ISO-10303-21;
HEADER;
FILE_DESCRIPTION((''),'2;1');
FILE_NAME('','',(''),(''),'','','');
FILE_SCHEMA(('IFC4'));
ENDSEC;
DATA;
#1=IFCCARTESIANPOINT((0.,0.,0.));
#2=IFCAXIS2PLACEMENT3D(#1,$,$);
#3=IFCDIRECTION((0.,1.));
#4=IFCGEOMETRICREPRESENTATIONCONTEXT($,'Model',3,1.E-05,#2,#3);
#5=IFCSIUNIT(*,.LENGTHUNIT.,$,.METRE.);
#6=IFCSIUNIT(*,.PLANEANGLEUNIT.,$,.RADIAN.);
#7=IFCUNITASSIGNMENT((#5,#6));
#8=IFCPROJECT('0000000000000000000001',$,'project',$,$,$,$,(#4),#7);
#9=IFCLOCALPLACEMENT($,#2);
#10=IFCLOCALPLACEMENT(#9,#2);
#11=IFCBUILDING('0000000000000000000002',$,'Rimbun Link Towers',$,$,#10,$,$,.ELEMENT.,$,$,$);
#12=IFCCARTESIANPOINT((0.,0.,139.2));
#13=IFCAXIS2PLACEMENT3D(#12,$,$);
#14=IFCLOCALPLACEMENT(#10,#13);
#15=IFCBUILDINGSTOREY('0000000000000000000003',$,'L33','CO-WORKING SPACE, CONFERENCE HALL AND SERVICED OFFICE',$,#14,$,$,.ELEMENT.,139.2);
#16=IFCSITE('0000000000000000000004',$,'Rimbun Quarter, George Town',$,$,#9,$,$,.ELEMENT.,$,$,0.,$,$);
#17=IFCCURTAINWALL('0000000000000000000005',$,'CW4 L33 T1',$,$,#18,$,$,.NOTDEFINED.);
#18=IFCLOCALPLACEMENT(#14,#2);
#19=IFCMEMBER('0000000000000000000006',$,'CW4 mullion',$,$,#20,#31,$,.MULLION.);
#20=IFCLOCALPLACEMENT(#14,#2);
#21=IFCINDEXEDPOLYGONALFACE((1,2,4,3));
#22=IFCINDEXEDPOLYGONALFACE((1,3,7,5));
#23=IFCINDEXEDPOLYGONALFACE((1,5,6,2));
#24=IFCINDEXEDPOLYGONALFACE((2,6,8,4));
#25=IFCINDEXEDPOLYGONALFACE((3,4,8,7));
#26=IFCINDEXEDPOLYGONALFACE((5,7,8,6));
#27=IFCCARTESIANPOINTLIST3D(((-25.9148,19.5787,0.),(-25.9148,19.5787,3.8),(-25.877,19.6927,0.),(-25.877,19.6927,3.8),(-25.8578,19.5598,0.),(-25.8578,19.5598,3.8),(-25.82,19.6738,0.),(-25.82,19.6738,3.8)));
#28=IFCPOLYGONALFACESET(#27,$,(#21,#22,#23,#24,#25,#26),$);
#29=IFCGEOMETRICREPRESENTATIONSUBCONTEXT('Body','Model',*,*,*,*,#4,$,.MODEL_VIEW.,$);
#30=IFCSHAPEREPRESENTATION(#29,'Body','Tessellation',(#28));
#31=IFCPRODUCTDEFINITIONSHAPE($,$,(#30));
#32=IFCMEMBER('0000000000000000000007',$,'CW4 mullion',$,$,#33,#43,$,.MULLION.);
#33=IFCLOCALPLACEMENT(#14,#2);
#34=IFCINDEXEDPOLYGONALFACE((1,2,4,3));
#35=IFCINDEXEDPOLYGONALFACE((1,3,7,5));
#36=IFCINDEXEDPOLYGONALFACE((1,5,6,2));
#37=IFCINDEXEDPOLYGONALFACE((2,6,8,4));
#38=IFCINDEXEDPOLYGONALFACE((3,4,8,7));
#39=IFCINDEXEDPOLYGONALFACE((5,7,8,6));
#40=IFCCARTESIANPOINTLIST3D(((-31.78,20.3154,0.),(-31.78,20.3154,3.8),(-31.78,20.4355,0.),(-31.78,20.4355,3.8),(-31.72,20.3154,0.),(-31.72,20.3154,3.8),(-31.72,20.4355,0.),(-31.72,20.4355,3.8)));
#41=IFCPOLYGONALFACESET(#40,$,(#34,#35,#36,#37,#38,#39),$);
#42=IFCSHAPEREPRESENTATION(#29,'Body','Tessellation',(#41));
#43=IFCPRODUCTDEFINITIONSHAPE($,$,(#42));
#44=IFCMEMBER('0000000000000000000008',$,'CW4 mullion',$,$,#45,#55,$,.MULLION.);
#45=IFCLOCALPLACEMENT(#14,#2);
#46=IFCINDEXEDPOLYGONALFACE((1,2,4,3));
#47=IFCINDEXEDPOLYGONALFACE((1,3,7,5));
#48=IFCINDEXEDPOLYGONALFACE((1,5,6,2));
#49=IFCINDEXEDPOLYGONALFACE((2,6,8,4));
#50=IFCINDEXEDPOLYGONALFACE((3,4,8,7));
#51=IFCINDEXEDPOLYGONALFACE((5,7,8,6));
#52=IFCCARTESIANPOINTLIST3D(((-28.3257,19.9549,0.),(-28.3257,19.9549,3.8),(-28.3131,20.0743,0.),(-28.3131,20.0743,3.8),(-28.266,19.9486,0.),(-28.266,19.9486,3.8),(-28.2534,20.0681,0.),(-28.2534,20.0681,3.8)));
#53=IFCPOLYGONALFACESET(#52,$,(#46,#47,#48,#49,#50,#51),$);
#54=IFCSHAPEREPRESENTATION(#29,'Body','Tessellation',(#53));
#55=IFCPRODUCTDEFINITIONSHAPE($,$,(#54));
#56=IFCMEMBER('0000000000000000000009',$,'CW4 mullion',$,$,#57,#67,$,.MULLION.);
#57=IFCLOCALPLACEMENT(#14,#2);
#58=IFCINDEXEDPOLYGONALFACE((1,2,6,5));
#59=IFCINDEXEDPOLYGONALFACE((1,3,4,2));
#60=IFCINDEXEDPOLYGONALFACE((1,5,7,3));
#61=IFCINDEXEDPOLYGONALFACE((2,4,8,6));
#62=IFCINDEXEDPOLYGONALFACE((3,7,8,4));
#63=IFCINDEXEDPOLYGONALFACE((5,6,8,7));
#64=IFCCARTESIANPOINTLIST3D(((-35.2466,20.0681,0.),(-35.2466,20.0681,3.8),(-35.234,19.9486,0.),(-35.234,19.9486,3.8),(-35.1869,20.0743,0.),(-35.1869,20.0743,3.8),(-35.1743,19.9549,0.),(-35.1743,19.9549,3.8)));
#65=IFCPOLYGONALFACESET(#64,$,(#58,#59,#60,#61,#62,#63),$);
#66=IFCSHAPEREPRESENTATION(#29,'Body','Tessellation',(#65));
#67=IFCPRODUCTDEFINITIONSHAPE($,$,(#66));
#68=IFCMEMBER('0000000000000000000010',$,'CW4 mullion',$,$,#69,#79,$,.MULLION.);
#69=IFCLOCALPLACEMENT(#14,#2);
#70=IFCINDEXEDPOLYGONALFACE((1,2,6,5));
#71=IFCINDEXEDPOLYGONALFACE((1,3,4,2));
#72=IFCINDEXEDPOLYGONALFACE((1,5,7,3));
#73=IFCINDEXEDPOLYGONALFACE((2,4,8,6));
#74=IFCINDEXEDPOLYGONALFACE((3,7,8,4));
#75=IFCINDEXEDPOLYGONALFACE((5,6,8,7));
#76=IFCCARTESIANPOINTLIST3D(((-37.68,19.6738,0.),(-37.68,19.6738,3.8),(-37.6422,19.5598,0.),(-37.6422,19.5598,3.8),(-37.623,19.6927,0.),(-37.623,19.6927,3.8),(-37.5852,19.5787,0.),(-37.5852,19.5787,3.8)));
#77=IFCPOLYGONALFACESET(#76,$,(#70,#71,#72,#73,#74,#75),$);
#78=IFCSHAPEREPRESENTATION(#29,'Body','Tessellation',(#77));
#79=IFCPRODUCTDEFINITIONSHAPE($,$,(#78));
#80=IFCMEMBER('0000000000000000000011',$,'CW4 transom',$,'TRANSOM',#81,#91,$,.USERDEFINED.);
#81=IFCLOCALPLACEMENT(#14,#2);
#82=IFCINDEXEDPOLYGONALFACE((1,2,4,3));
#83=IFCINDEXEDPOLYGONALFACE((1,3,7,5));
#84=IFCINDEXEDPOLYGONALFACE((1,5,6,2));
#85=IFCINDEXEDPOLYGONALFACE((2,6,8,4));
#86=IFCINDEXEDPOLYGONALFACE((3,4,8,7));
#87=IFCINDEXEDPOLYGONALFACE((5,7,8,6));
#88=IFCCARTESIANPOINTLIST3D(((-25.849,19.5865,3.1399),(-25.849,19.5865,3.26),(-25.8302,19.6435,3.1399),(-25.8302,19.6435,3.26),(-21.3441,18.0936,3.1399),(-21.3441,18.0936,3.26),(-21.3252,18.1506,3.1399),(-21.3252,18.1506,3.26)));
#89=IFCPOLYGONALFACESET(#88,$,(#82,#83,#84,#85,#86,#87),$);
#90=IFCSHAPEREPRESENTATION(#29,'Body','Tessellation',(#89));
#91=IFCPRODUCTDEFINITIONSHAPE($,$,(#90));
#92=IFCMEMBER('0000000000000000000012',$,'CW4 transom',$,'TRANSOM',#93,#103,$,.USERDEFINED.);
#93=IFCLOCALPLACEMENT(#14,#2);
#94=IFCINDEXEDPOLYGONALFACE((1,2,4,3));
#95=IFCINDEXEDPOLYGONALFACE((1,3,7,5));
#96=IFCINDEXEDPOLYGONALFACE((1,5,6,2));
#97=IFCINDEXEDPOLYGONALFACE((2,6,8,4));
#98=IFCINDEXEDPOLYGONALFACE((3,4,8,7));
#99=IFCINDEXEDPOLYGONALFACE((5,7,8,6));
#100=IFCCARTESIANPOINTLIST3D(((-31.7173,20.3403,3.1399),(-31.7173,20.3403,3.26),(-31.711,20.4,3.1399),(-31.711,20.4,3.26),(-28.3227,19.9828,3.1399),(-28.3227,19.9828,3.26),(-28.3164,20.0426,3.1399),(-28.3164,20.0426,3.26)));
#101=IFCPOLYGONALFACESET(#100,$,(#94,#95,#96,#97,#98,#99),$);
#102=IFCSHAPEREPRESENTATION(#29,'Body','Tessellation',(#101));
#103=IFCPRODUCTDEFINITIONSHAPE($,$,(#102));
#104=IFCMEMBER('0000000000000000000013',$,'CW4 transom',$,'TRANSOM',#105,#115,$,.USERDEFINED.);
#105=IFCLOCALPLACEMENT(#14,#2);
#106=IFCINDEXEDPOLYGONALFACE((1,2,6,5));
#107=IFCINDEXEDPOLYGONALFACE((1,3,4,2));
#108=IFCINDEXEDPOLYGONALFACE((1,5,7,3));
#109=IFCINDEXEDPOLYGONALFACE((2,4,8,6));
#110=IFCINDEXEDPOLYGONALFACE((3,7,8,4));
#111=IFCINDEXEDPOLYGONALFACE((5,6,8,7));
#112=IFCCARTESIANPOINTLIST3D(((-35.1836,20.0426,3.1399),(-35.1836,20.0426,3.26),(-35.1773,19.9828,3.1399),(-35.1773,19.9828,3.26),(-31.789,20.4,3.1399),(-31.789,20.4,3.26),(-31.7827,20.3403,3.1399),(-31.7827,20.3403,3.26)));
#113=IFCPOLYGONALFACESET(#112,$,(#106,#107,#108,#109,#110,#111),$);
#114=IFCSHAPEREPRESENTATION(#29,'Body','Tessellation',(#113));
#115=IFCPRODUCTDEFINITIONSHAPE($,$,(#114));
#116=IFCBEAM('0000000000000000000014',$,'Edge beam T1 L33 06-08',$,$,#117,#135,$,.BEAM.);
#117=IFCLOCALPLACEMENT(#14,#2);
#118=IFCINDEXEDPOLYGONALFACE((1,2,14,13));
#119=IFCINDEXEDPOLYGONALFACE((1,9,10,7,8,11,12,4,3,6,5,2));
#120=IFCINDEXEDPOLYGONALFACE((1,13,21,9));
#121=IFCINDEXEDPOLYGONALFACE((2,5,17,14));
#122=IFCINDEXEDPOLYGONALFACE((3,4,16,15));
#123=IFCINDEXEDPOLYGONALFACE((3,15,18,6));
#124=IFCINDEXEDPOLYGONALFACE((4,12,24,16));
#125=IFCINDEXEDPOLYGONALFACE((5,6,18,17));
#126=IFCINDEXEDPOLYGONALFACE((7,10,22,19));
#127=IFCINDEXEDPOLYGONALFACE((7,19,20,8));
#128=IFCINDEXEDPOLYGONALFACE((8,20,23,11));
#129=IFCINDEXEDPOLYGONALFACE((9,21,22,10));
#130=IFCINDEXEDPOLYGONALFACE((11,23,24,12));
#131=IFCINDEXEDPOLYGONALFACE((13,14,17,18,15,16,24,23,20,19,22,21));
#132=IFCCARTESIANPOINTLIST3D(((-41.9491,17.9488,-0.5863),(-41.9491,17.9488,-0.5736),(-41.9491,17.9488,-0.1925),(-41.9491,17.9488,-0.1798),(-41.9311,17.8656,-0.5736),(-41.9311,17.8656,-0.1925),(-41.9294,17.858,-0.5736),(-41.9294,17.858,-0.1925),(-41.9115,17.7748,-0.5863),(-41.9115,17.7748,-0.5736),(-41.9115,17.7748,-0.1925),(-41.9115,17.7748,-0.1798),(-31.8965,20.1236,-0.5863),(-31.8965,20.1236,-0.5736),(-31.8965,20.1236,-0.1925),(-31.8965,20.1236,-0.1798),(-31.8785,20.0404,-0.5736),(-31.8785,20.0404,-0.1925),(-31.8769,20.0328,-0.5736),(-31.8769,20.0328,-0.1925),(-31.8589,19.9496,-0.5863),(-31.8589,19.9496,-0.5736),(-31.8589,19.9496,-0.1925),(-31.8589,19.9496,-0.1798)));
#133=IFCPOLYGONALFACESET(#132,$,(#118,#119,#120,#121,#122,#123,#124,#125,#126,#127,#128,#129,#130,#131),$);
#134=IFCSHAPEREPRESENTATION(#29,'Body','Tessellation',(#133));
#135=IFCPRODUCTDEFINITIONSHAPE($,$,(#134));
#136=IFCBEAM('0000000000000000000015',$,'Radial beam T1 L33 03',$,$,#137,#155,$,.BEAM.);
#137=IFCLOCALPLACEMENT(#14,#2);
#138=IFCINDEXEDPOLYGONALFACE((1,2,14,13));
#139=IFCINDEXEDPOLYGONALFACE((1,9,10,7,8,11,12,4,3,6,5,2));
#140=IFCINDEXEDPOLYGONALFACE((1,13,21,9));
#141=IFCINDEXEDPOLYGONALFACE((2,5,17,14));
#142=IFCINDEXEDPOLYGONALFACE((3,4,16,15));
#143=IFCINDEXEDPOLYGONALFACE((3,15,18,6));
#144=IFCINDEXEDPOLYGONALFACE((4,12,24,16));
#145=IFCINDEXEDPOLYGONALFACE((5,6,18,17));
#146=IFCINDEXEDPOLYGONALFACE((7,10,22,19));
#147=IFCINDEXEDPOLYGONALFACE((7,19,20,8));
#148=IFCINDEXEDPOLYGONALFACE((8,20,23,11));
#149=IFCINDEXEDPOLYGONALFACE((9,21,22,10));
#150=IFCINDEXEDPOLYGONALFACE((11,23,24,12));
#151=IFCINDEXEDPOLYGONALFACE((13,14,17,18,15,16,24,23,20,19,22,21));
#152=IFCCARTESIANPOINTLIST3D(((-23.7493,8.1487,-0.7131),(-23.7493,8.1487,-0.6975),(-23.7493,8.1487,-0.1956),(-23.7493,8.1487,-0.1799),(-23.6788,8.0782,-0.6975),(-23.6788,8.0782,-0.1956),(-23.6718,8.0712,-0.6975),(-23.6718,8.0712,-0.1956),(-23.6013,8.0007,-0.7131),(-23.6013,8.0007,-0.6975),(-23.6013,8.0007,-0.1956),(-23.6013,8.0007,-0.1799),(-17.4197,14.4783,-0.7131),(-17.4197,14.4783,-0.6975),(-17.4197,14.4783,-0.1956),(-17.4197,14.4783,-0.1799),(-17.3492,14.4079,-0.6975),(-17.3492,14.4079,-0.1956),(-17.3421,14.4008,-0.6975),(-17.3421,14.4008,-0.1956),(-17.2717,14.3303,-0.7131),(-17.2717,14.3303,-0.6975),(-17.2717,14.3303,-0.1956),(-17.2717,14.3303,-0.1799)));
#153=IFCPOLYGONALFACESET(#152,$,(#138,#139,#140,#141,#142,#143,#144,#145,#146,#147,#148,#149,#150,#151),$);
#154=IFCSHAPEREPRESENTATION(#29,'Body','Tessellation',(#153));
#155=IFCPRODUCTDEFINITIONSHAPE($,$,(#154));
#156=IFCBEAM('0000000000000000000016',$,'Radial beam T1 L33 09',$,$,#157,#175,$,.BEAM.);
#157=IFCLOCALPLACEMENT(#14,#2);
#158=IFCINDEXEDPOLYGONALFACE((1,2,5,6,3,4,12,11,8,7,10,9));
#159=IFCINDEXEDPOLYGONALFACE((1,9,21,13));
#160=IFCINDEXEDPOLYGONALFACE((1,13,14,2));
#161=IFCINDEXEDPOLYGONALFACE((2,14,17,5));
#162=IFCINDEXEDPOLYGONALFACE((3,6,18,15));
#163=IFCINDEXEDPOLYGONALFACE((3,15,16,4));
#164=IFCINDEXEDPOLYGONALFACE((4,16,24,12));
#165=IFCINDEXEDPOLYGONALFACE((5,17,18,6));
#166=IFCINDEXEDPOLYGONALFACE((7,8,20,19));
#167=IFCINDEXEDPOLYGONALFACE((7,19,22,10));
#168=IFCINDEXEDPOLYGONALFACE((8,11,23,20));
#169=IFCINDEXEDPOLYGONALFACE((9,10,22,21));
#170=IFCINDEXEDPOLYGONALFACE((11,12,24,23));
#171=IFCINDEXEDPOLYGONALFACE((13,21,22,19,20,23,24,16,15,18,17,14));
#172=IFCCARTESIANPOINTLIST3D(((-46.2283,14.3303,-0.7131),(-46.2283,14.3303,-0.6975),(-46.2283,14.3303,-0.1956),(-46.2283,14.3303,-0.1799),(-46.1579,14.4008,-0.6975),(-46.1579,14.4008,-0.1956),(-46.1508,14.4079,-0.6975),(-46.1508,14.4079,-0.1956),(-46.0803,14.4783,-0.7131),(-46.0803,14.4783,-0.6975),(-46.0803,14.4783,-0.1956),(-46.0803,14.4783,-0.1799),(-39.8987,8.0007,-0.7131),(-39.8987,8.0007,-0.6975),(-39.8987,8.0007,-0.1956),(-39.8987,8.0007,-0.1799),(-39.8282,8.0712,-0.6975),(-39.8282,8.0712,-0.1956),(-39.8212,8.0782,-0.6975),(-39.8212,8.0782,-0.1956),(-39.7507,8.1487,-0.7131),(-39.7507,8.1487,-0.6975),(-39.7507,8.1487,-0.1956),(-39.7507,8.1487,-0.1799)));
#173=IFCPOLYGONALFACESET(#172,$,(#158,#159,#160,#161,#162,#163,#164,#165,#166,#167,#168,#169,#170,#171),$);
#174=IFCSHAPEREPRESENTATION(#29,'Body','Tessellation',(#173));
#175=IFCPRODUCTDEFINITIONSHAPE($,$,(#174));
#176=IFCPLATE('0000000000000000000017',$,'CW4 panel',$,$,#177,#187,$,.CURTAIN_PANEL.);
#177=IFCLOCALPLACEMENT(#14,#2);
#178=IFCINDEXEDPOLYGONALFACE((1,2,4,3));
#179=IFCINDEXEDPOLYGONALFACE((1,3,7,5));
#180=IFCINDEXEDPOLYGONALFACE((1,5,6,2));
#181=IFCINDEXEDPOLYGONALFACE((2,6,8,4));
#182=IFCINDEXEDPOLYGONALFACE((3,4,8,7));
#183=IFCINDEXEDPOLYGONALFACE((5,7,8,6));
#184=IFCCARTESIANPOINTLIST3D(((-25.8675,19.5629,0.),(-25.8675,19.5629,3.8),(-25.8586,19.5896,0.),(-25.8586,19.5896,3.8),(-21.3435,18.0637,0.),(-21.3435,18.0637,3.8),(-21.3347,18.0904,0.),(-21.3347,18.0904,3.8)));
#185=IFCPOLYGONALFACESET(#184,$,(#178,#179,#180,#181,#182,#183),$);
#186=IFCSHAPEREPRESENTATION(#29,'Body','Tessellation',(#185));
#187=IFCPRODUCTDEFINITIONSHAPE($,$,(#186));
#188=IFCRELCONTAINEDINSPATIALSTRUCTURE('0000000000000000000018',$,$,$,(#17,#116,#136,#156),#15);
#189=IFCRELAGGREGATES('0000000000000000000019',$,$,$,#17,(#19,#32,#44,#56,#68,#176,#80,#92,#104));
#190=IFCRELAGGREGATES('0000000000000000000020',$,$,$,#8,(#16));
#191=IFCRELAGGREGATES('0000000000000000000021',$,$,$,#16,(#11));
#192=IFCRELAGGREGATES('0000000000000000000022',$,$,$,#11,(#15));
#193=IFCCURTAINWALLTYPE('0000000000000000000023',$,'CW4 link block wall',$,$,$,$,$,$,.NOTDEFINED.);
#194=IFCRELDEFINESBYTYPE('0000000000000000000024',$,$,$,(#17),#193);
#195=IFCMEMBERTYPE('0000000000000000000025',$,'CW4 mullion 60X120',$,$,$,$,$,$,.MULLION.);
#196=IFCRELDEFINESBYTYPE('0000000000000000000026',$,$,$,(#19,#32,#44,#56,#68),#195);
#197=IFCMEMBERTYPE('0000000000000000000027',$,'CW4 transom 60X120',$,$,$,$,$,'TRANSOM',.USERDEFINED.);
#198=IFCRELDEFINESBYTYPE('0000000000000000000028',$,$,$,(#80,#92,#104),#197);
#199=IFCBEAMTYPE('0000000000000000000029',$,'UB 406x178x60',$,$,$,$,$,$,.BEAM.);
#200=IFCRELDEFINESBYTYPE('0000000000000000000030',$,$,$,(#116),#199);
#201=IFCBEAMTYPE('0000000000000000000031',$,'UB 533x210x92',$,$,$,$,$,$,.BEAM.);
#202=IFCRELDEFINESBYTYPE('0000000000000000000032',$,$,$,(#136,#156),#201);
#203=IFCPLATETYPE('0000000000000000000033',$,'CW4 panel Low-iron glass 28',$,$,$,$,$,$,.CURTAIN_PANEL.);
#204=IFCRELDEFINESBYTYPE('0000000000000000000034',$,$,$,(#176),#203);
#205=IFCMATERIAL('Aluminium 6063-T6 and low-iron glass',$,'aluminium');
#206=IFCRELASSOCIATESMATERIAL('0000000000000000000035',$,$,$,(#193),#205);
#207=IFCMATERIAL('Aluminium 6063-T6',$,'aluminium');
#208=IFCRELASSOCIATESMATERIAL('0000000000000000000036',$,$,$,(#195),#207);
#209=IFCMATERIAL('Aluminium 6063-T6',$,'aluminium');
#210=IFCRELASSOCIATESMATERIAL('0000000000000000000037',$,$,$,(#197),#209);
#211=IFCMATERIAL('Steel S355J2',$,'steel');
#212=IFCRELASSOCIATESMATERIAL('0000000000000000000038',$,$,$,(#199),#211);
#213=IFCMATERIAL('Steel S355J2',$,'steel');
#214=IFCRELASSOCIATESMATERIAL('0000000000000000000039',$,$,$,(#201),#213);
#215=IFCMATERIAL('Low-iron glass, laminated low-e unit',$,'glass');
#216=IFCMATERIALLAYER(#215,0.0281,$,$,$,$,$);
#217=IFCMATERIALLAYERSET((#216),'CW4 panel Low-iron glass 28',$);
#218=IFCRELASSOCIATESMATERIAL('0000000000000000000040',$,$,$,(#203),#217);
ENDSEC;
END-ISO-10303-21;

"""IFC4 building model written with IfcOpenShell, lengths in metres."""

from ifc_helpers import new_model, si_unit, direction, frame, origin, origin_2d, place, context, subcontext, project, spatial, rectangle, i_section, extrude, material, layer, layer_set, material_profile, profile_set, type_object, element, aggregate, save


model = new_model("IFC4")

# Units and contexts
model_context = context("Model", 3, precision=1e-05, world=origin(), true_north=direction((0.0, 1.0)))
body_context = subcontext(model_context, "Body", "Model", "MODEL_VIEW")
ifc_project = project(units=[si_unit("LENGTHUNIT", "METRE"), si_unit("PLANEANGLEUNIT", "RADIAN")], contexts=[model_context])

# Site, building, storey
site_placement = place(None, origin())
site = spatial("IfcSite", under=ifc_project, at=site_placement, Name="Rimbun Quarter, George Town", CompositionType="ELEMENT", RefElevation=0.0)
building_placement = place(site_placement, origin())
building = spatial("IfcBuilding", under=site, at=building_placement, Name="Rimbun Link Towers", CompositionType="ELEMENT")
storey_placement = place(building_placement, frame((0.0, 0.0, 139.2)))
storey = spatial("IfcBuildingStorey", under=building, at=storey_placement, Name="L33", Description="CO-WORKING SPACE, CONFERENCE HALL AND SERVICED OFFICE", CompositionType="ELEMENT", Elevation=139.2)

# Curtain wall, members
ifc_material_1 = material(Name="Aluminium 6063-T6 and low-iron glass", Category="aluminium")
curtain_wall_type = type_object("IfcCurtainWallType", Name="CW4 link block wall", PredefinedType="NOTDEFINED", material=ifc_material_1)
curtain_wall_placement = place(storey_placement, origin())
curtain_wall = element("IfcCurtainWall", 1, at=curtain_wall_placement, inside=storey, type_object=curtain_wall_type, Name="CW4 L33 T1", PredefinedType="NOTDEFINED")
ifc_material_2 = material(Name="Aluminium 6063-T6", Category="aluminium")
ifc_material_profile_1 = material_profile(ifc_material_2, rectangle(XDim=0.1201, YDim=0.0601, at=origin_2d()), Name="MULLION 60X120")
ifc_profile_set_1 = profile_set([ifc_material_profile_1], Name="Aluminium 6063-T6")
member_type_1 = type_object("IfcMemberType", Name="CW4 mullion 60X120", PredefinedType="MULLION", material=ifc_profile_set_1)
member_1_placement = place(storey_placement, frame((-25.8674, 19.6262, 0.0), z_axis=(0.0, 0.0, 1.0), x_axis=(0.314568, 0.949235, 0.0)))
member_1 = element("IfcMember", 2, at=member_1_placement, type_object=member_type_1, Name="CW4 mullion", PredefinedType="MULLION", context=body_context, shape_type="SweptSolid", body=[
    extrude(rectangle(XDim=0.1201, YDim=0.0601, at=origin_2d()), origin(), (0.0, 0.0, 1.0), 3.8),
])
member_2_placement = place(storey_placement, frame((-31.75, 20.3755, 0.0), z_axis=(0.0, 0.0, 1.0), x_axis=(0.0, 1.0, 0.0)))
member_2 = element("IfcMember", 3, at=member_2_placement, type_object=member_type_1, Name="CW4 mullion", PredefinedType="MULLION", context=body_context, shape_type="SweptSolid", body=[
    extrude(rectangle(XDim=0.1201, YDim=0.0601, at=origin_2d()), origin(), (0.0, 0.0, 1.0), 3.8),
])
member_3_placement = place(storey_placement, frame((-28.2896, 20.0115, 0.0), z_axis=(0.0, 0.0, 1.0), x_axis=(0.104745, 0.994499, 0.0)))
member_3 = element("IfcMember", 4, at=member_3_placement, type_object=member_type_1, Name="CW4 mullion", PredefinedType="MULLION", context=body_context, shape_type="SweptSolid", body=[
    extrude(rectangle(XDim=0.1201, YDim=0.0601, at=origin_2d()), origin(), (0.0, 0.0, 1.0), 3.8),
])
member_4_placement = place(storey_placement, frame((-35.2104, 20.0115, 0.0), z_axis=(0.0, 0.0, 1.0), x_axis=(-0.104745, 0.994499, 0.0)))
member_4 = element("IfcMember", 5, at=member_4_placement, type_object=member_type_1, Name="CW4 mullion", PredefinedType="MULLION", context=body_context, shape_type="SweptSolid", body=[
    extrude(rectangle(XDim=0.1201, YDim=0.0601, at=origin_2d()), origin(), (0.0, 0.0, 1.0), 3.8),
])
member_5_placement = place(storey_placement, frame((-37.6326, 19.6262, 0.0), z_axis=(0.0, 0.0, 1.0), x_axis=(-0.314568, 0.949235, 0.0)))
member_5 = element("IfcMember", 6, at=member_5_placement, type_object=member_type_1, Name="CW4 mullion", PredefinedType="MULLION", context=body_context, shape_type="SweptSolid", body=[
    extrude(rectangle(XDim=0.1201, YDim=0.0601, at=origin_2d()), origin(), (0.0, 0.0, 1.0), 3.8),
])
ifc_material_3 = material(Name="Aluminium 6063-T6", Category="aluminium")
ifc_material_profile_2 = material_profile(ifc_material_3, rectangle(XDim=0.0601, YDim=0.1201, at=origin_2d()), Name="TRANSOM 60X120")
ifc_profile_set_2 = profile_set([ifc_material_profile_2], Name="Aluminium 6063-T6")
member_type_2 = type_object("IfcMemberType", Name="CW4 transom 60X120", ElementType="TRANSOM", PredefinedType="USERDEFINED", material=ifc_profile_set_2)
member_6_placement = place(storey_placement, frame((-25.8396, 19.615, 3.2), z_axis=(0.949232, -0.314576, 0.0), x_axis=(0.314576, 0.949232, 0.0)))
member_6 = element("IfcMember", 7, at=member_6_placement, type_object=member_type_2, Name="CW4 transom", ObjectType="TRANSOM", PredefinedType="USERDEFINED", context=body_context, shape_type="SweptSolid", body=[
    extrude(rectangle(XDim=0.0601, YDim=0.1201, at=origin_2d()), origin(), (0.0, 0.0, 1.0), 4.7458),
])
member_7_placement = place(storey_placement, frame((-31.7141, 20.3701, 3.2), z_axis=(0.994502, -0.104715, 0.0), x_axis=(0.104715, 0.994502, 0.0)))
member_7 = element("IfcMember", 8, at=member_7_placement, type_object=member_type_2, Name="CW4 transom", ObjectType="TRANSOM", PredefinedType="USERDEFINED", context=body_context, shape_type="SweptSolid", body=[
    extrude(rectangle(XDim=0.0601, YDim=0.1201, at=origin_2d()), origin(), (0.0, 0.0, 1.0), 3.4133),
])
member_8_placement = place(storey_placement, frame((-35.1804, 20.0127, 3.2), z_axis=(0.994502, 0.104715, 0.0), x_axis=(-0.104715, 0.994502, 0.0)))
member_8 = element("IfcMember", 9, at=member_8_placement, type_object=member_type_2, Name="CW4 transom", ObjectType="TRANSOM", PredefinedType="USERDEFINED", context=body_context, shape_type="SweptSolid", body=[
    extrude(rectangle(XDim=0.0601, YDim=0.1201, at=origin_2d()), origin(), (0.0, 0.0, 1.0), 3.4133),
])

# Beams
ifc_material_4 = material(Name="Steel S355J2", Category="steel")
ifc_material_profile_3 = material_profile(ifc_material_4, i_section(OverallWidth=0.178, OverallDepth=0.4065, WebThickness=0.0078, FlangeThickness=0.0127, at=origin_2d()), Name="UB 406x178x60")
ifc_profile_set_3 = profile_set([ifc_material_profile_3], Name="Steel S355J2")
beam_type_1 = type_object("IfcBeamType", Name="UB 406x178x60", PredefinedType="BEAM", material=ifc_profile_set_3)
beam_placement = place(storey_placement, frame((-31.8777, 20.0366, -0.3831), z_axis=(-0.977388, -0.211453, 0.0), x_axis=(0.211453, -0.977388, 0.0)))
element("IfcBeam", 10, at=beam_placement, inside=storey, type_object=beam_type_1, Name="Edge beam T1 L33 06-08", PredefinedType="BEAM", context=body_context, shape_type="SweptSolid", body=[
    extrude(i_section(OverallWidth=0.178, OverallDepth=0.4065, WebThickness=0.0078, FlangeThickness=0.0127, at=origin_2d()), origin(), (0.0, 0.0, 1.0), 10.2852),
])
ifc_material_5 = material(Name="Steel S355J2", Category="steel")
ifc_material_profile_4 = material_profile(ifc_material_5, i_section(OverallWidth=0.2092, OverallDepth=0.5332, WebThickness=0.01, FlangeThickness=0.0156, at=origin_2d()), Name="UB 533x210x92")
ifc_profile_set_4 = profile_set([ifc_material_profile_4], Name="Steel S355J2")
beam_type_2 = type_object("IfcBeamType", Name="UB 533x210x92", PredefinedType="BEAM", material=ifc_profile_set_4)
for number, where, z_axis, x_axis, name in (
    (11, (-23.6753, 8.0747, -0.4465), (0.707107, 0.707107, 0.0), (-0.707107, 0.707107, 0.0), "Radial beam T1 L33 03"),
    (12, (-39.8247, 8.0747, -0.4465), (-0.707107, 0.707107, 0.0), (-0.707107, -0.707107, 0.0), "Radial beam T1 L33 09"),
):
    element("IfcBeam", number, at=place(storey_placement, frame(where, z_axis=z_axis, x_axis=x_axis)), inside=storey, type_object=beam_type_2, Name=name, PredefinedType="BEAM", context=body_context, shape_type="SweptSolid", body=[
        extrude(i_section(OverallWidth=0.2092, OverallDepth=0.5332, WebThickness=0.01, FlangeThickness=0.0156, at=origin_2d()), origin(), (0.0, 0.0, 1.0), 8.9514),
    ])

# Plate
ifc_material_6 = material(Name="Low-iron glass, laminated low-e unit", Category="glass")
ifc_layer_1 = layer(ifc_material_6, 0.0281)
ifc_layer_set_1 = layer_set([ifc_layer_1], Name="CW4 panel Low-iron glass 28")
plate_type = type_object("IfcPlateType", Name="CW4 panel Low-iron glass 28", PredefinedType="CURTAIN_PANEL", material=ifc_layer_set_1)
plate_1_placement = place(storey_placement, frame((-23.6011, 18.8267, 0.0), z_axis=(0.0, 0.0, 1.0), x_axis=(0.949235, -0.314568, 0.0)))
plate_1 = element("IfcPlate", 13, at=plate_1_placement, type_object=plate_type, Name="CW4 panel", PredefinedType="CURTAIN_PANEL", context=body_context, shape_type="SweptSolid", body=[
    extrude(rectangle(XDim=4.7659, YDim=0.0281, at=origin_2d()), origin(), (0.0, 0.0, 1.0), 3.8),
])
aggregate(curtain_wall, [member_1, member_2, member_3, member_4, member_5, plate_1, member_6, member_7, member_8])

save(model, "model.ifc")
